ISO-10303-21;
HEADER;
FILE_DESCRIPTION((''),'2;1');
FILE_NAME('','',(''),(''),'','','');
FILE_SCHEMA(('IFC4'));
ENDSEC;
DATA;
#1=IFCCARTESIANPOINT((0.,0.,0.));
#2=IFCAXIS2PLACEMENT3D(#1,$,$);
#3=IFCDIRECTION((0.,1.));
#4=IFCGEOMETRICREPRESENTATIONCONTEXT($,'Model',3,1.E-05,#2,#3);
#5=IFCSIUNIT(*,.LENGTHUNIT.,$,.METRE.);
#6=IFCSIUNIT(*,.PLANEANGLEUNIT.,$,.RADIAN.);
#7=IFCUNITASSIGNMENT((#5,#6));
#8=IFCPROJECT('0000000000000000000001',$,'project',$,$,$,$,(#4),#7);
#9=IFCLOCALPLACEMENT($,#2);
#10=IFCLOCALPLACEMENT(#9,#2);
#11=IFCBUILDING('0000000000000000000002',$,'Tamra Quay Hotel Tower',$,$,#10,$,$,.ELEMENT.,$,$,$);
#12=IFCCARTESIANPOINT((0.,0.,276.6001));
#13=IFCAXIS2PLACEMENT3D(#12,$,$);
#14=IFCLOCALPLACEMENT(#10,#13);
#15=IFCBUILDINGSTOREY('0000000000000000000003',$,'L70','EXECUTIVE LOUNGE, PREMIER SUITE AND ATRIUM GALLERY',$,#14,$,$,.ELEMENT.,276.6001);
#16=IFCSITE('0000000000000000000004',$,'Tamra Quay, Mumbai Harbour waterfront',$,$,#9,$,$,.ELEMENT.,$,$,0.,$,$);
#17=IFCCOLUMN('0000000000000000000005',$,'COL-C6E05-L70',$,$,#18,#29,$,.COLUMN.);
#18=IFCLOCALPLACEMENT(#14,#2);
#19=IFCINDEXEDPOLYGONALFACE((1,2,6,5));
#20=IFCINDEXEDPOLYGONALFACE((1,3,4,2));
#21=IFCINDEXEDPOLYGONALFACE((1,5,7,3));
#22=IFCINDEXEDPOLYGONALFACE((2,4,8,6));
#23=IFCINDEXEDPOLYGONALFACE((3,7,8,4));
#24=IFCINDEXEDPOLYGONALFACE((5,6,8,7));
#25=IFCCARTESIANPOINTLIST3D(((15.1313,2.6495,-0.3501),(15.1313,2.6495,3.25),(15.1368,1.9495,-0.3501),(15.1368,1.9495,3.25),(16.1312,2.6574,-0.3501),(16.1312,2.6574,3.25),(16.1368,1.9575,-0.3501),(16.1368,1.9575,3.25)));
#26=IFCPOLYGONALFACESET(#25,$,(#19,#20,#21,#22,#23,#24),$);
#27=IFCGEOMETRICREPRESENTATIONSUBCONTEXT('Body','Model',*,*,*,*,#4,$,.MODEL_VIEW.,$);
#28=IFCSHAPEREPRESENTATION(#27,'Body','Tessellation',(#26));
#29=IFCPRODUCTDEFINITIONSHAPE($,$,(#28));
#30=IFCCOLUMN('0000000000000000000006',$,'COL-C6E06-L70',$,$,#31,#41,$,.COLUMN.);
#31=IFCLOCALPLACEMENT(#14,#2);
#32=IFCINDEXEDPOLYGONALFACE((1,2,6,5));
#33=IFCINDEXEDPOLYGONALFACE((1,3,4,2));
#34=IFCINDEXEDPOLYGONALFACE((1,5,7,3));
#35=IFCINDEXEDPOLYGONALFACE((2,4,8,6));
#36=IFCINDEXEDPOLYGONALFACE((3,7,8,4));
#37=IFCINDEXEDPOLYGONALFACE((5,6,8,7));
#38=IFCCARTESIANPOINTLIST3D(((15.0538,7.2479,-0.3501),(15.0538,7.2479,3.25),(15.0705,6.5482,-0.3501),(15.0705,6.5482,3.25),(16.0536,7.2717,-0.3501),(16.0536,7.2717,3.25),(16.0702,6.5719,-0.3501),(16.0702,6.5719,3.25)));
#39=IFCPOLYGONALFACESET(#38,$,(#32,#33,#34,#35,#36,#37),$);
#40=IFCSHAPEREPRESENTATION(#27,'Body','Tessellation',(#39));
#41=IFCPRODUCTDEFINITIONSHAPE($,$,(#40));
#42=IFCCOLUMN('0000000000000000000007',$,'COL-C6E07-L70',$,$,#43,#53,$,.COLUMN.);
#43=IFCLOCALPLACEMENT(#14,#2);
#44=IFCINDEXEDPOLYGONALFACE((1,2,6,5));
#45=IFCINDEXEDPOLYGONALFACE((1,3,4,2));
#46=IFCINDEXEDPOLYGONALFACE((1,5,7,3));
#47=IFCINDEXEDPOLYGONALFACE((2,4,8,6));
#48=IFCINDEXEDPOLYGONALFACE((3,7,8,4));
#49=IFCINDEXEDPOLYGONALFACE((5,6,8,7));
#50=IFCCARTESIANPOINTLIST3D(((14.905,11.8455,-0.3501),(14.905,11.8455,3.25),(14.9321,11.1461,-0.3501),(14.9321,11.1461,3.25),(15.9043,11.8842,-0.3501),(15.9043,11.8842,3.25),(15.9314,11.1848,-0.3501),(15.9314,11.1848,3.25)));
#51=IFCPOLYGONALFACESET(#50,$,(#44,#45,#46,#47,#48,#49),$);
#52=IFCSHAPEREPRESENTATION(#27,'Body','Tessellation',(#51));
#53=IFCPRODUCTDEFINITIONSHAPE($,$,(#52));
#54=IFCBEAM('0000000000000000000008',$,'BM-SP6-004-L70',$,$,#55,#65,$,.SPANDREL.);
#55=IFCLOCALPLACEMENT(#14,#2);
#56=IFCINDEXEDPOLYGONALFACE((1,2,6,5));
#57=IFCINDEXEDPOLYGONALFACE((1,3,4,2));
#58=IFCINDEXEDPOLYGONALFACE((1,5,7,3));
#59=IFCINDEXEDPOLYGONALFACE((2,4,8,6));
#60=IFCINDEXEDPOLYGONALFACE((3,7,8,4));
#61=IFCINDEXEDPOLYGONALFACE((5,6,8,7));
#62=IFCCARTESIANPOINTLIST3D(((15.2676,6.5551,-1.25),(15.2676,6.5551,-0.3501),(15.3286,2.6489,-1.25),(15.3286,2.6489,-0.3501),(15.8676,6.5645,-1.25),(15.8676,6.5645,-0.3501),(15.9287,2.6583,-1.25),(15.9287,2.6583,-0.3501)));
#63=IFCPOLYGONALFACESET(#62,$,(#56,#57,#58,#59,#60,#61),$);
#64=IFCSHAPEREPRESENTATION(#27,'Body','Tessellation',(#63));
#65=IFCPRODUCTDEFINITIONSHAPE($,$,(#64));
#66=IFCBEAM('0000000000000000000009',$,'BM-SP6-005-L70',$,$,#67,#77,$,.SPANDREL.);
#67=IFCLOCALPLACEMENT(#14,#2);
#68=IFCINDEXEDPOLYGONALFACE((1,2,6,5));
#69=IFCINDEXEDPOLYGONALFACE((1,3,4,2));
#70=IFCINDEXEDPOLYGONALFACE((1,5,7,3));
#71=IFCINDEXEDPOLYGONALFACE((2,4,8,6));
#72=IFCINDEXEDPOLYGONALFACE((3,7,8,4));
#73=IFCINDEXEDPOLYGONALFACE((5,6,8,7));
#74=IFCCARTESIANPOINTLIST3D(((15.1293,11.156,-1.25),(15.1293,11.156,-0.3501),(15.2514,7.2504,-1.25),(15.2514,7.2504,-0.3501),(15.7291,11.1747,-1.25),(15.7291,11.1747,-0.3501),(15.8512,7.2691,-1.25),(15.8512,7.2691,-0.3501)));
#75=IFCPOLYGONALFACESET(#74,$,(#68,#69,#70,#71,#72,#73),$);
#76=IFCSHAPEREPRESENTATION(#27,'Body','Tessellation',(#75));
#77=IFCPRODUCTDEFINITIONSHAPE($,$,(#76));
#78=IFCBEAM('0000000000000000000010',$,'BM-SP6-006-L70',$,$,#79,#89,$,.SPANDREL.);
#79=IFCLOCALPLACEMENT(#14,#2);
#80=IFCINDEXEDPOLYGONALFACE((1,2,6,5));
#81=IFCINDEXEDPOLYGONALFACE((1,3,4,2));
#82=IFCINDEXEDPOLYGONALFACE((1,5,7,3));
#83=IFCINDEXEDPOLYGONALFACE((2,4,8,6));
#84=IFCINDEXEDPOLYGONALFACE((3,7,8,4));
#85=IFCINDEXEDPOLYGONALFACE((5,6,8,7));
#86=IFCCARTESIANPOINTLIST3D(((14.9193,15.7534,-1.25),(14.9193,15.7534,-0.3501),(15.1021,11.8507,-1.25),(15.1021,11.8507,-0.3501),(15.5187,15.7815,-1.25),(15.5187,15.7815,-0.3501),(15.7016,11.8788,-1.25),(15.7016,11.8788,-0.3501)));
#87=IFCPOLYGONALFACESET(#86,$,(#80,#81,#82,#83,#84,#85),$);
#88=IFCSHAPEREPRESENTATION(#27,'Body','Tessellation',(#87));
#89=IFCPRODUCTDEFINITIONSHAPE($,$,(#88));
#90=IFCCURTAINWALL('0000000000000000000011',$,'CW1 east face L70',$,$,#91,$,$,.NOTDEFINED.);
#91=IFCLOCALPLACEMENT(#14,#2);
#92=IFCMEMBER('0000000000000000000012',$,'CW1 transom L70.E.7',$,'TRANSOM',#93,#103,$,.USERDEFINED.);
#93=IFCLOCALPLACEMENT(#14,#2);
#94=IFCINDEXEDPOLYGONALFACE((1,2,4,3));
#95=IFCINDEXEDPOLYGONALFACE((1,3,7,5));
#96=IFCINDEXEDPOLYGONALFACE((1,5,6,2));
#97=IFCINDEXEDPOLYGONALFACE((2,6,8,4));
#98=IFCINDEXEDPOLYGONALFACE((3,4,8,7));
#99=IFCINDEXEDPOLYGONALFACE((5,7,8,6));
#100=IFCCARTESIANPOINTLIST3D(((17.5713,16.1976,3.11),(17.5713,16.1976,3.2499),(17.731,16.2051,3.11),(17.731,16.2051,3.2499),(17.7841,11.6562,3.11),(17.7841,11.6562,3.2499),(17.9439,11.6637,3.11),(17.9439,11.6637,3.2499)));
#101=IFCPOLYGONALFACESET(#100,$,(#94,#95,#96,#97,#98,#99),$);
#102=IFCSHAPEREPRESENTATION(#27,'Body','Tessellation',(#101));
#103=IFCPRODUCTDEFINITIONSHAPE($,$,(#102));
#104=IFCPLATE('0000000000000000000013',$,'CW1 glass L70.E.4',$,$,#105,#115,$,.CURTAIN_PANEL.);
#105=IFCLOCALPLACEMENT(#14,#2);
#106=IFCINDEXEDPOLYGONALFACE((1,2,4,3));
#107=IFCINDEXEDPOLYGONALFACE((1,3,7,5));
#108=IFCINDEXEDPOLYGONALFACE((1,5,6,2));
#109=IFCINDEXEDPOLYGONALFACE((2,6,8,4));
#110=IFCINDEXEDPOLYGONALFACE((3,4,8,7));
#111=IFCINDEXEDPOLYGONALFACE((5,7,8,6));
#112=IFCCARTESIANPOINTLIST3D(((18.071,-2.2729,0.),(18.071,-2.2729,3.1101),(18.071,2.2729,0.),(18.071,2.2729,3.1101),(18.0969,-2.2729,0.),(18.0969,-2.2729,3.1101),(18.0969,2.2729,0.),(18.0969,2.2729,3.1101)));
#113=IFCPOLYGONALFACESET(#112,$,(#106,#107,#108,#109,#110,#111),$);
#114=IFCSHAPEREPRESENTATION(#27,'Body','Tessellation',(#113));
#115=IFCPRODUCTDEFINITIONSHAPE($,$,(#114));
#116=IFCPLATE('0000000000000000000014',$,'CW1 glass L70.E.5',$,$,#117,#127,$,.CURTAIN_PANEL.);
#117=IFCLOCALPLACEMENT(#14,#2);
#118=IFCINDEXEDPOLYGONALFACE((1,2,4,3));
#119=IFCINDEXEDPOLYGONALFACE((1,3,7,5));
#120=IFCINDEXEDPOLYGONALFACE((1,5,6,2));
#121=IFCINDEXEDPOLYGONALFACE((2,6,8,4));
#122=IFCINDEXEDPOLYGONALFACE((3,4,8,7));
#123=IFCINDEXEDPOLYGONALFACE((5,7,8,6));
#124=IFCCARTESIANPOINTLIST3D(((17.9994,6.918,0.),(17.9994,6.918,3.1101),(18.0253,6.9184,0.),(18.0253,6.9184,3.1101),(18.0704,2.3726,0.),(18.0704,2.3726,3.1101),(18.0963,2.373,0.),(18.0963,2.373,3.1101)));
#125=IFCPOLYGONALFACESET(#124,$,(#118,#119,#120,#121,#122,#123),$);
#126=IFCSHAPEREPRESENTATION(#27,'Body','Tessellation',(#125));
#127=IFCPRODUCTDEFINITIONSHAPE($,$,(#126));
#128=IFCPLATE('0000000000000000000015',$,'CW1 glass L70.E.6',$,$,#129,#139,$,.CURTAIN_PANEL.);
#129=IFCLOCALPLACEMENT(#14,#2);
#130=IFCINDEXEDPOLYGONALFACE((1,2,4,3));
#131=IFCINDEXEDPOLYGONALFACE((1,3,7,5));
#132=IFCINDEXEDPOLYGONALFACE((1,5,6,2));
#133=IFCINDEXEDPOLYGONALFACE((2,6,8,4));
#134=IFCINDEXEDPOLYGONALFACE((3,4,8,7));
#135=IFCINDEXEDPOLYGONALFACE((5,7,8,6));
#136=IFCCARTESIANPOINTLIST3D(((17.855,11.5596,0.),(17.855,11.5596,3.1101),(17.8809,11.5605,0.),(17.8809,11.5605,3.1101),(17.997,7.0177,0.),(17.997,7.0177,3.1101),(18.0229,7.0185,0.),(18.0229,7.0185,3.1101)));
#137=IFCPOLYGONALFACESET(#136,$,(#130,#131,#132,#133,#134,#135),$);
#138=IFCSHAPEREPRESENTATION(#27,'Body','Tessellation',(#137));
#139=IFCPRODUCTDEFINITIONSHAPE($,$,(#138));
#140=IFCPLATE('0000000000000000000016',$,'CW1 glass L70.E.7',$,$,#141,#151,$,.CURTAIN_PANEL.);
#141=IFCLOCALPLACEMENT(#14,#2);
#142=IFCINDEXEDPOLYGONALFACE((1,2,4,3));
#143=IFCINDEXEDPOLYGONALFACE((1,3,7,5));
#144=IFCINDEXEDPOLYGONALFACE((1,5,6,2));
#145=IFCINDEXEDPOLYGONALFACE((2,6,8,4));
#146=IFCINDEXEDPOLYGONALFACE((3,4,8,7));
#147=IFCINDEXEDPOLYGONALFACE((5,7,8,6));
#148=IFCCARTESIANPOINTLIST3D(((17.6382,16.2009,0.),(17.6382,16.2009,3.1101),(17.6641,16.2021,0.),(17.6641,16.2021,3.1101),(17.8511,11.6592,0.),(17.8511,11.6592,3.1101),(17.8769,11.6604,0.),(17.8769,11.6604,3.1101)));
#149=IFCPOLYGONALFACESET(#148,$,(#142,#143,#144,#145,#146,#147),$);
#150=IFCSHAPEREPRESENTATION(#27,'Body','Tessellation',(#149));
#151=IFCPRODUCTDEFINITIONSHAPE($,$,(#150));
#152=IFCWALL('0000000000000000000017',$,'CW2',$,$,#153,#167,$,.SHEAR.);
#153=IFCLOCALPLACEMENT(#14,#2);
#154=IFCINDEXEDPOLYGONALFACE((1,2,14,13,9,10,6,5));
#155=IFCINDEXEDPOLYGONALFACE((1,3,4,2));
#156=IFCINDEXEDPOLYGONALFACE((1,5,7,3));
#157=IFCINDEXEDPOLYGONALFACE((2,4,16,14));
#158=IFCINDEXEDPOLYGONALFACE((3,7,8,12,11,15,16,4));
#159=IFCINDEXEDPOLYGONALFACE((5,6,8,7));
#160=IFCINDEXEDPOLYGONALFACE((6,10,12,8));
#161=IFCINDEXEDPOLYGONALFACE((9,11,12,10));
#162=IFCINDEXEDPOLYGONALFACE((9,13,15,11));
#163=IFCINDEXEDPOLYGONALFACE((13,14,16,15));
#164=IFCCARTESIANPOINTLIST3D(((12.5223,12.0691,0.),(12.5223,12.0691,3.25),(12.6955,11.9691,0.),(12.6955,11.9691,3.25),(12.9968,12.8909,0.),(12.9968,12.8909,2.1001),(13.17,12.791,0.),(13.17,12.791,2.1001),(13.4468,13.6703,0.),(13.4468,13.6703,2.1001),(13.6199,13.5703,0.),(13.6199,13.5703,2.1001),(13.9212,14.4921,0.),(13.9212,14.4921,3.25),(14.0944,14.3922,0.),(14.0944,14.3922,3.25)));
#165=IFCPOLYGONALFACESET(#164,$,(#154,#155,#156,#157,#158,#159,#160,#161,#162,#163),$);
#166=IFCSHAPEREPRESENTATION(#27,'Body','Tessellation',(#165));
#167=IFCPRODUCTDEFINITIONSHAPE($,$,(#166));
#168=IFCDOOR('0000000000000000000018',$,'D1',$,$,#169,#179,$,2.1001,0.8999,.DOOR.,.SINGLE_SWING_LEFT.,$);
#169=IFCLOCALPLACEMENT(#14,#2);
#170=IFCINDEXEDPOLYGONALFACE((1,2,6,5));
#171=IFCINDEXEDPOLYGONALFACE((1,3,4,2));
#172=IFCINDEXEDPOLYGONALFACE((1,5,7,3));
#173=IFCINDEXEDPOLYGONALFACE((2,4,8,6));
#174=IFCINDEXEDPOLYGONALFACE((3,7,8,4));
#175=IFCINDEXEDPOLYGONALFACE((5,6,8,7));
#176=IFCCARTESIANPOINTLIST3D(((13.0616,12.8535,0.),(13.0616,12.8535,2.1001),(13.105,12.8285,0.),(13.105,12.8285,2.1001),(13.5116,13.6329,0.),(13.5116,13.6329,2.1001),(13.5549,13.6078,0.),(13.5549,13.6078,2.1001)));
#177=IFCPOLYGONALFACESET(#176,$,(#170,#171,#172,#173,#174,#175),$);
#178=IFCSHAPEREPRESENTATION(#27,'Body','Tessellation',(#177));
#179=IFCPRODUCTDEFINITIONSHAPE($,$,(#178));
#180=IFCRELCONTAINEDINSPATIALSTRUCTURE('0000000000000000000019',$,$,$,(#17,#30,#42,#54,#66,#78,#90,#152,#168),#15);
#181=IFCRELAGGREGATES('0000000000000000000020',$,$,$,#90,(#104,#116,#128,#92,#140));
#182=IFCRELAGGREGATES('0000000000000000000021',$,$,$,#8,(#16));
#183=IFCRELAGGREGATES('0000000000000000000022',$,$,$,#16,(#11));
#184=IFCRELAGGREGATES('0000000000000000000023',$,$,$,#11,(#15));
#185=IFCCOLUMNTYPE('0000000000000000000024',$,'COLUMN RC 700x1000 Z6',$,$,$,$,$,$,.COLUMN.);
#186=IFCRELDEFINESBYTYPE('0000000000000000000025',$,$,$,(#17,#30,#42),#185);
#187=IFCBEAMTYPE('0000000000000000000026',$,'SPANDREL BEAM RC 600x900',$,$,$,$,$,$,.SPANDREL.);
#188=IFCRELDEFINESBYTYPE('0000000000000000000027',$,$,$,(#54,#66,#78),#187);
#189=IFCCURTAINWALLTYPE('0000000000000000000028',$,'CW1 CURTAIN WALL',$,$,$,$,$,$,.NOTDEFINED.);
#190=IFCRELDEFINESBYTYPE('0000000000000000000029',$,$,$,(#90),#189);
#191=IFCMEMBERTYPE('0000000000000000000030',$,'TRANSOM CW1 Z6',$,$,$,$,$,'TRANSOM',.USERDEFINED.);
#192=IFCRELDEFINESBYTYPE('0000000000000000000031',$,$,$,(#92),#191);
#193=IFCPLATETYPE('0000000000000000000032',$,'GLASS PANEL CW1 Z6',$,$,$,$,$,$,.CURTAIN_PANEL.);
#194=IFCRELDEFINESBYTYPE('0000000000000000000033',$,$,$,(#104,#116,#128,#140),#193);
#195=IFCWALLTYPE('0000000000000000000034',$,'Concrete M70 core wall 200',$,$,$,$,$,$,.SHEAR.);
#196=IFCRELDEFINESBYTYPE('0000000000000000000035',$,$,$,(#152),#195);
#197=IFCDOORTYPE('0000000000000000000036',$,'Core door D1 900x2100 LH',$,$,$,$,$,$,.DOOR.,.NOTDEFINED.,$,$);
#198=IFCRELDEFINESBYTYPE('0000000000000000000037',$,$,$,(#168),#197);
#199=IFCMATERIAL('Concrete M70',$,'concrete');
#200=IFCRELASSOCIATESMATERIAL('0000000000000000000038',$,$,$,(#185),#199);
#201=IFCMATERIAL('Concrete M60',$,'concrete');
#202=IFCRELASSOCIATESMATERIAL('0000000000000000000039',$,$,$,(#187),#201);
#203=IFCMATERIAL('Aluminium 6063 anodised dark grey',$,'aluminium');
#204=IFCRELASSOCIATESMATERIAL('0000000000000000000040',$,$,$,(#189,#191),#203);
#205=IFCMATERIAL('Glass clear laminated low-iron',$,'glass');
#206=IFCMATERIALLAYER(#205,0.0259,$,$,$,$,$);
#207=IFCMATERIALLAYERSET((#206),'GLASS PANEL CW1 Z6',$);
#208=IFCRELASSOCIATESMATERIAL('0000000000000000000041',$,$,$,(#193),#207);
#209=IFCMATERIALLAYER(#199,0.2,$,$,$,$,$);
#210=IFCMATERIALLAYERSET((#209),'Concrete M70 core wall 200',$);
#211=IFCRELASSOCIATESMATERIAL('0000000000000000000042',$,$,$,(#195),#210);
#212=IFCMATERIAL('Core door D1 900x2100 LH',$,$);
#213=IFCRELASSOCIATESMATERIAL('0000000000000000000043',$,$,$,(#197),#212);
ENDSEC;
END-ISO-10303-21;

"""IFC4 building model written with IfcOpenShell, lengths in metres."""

from ifc_helpers import new_model, si_unit, direction, frame, frame_2d, origin, origin_2d, place, context, subcontext, project, spatial, rectangle, extrude, material, layer, layer_set, material_profile, profile_set, type_object, element, fill, aggregate, save


model = new_model("IFC4")

# Units and contexts
model_context = context("Model", 3, precision=1e-05, world=origin(), true_north=direction((0.0, 1.0)))
body_context = subcontext(model_context, "Body", "Model", "MODEL_VIEW")
ifc_project = project(units=[si_unit("LENGTHUNIT", "METRE"), si_unit("PLANEANGLEUNIT", "RADIAN")], contexts=[model_context])

# Site, building, storey
site_placement = place(None, origin())
site = spatial("IfcSite", under=ifc_project, at=site_placement, Name="Tamra Quay, Mumbai Harbour waterfront", CompositionType="ELEMENT", RefElevation=0.0)
building_placement = place(site_placement, origin())
building = spatial("IfcBuilding", under=site, at=building_placement, Name="Tamra Quay Hotel Tower", CompositionType="ELEMENT")
storey_placement = place(building_placement, frame((0.0, 0.0, 276.6001)))
storey = spatial("IfcBuildingStorey", under=building, at=storey_placement, Name="L70", Description="EXECUTIVE LOUNGE, PREMIER SUITE AND ATRIUM GALLERY", CompositionType="ELEMENT", Elevation=276.6001)

# Columns
ifc_material_1 = material(Name="Concrete M70", Category="concrete")
ifc_material_profile_1 = material_profile(ifc_material_1, rectangle(XDim=1.0, YDim=0.7, at=origin_2d()), Name="COLUMN RC 700x1000 Z6")
ifc_profile_set_1 = profile_set([ifc_material_profile_1], Name="Concrete M70")
column_type = type_object("IfcColumnType", Name="COLUMN RC 700x1000 Z6", PredefinedType="COLUMN", material=ifc_profile_set_1)
for number, where, z_axis, x_axis, name in (
    (1, (15.634, 2.3035, -0.3501), (0.0, 0.0, 1.0), (0.999969, 0.00792, 0.0), "COL-C6E05-L70"),
    (2, (15.562, 6.9099, -0.3501), (0.0, 0.0, 1.0), (0.999718, 0.023753, 0.0), "COL-C6E06-L70"),
    (3, (15.4182, 11.5151, -0.3501), (0.0, 0.0, 1.0), (0.999251, 0.038691, 0.0), "COL-C6E07-L70"),
):
    element("IfcColumn", number, at=place(storey_placement, frame(where, z_axis=z_axis, x_axis=x_axis)), inside=storey, type_object=column_type, Name=name, PredefinedType="COLUMN", context=body_context, shape_type="SweptSolid", body=[
        extrude(rectangle(XDim=1.0, YDim=0.7, at=origin_2d()), origin(), (0.0, 0.0, 1.0), 3.6001),
    ])

# Beams
ifc_material_2 = material(Name="Concrete M60", Category="concrete")
ifc_material_profile_2 = material_profile(ifc_material_2, rectangle(XDim=0.6001, YDim=0.8999, at=origin_2d()), Name="SPANDREL BEAM RC 600x900")
ifc_profile_set_2 = profile_set([ifc_material_profile_2], Name="Concrete M60")
beam_type = type_object("IfcBeamType", Name="SPANDREL BEAM RC 600x900", PredefinedType="SPANDREL", material=ifc_profile_set_2)
beam_1_placement = place(storey_placement, frame((15.6287, 2.6536, -0.8), z_axis=(-0.015623, 0.999878, 0.0), x_axis=(-0.999878, -0.015623, 0.0)))
element("IfcBeam", 4, at=beam_1_placement, inside=storey, type_object=beam_type, Name="BM-SP6-004-L70", PredefinedType="SPANDREL", context=body_context, shape_type="SweptSolid", body=[
    extrude(rectangle(XDim=0.6001, YDim=0.8999, at=origin_2d()), origin(), (0.0, 0.0, 1.0), 3.9067),
])
beam_2_placement = place(storey_placement, frame((15.5513, 7.2598, -0.8), z_axis=(-0.031241, 0.999512, 0.0), x_axis=(-0.999512, -0.031241, 0.0)))
element("IfcBeam", 5, at=beam_2_placement, inside=storey, type_object=beam_type, Name="BM-SP6-005-L70", PredefinedType="SPANDREL", context=body_context, shape_type="SweptSolid", body=[
    extrude(rectangle(XDim=0.6001, YDim=0.8999, at=origin_2d()), origin(), (0.0, 0.0, 1.0), 3.9075),
])
beam_3_placement = place(storey_placement, frame((15.4019, 11.8647, -0.8), z_axis=(-0.046805, 0.998904, 0.0), x_axis=(-0.998904, -0.046805, 0.0)))
element("IfcBeam", 6, at=beam_3_placement, inside=storey, type_object=beam_type, Name="BM-SP6-006-L70", PredefinedType="SPANDREL", context=body_context, shape_type="SweptSolid", body=[
    extrude(rectangle(XDim=0.6001, YDim=0.8999, at=origin_2d()), origin(), (0.0, 0.0, 1.0), 3.907),
])

# Curtain wall, member, plates
ifc_material_3 = material(Name="Aluminium 6063 anodised dark grey", Category="aluminium")
curtain_wall_type = type_object("IfcCurtainWallType", Name="CW1 CURTAIN WALL", PredefinedType="NOTDEFINED", material=ifc_material_3)
curtain_wall_placement = place(storey_placement, origin())
curtain_wall = element("IfcCurtainWall", 7, at=curtain_wall_placement, inside=storey, type_object=curtain_wall_type, Name="CW1 east face L70", PredefinedType="NOTDEFINED")
ifc_material_profile_3 = material_profile(ifc_material_3, rectangle(XDim=0.1599, YDim=0.1399, at=origin_2d()), Name="TRANSOM 160X140")
ifc_profile_set_3 = profile_set([ifc_material_profile_3], Name="Aluminium 6063 anodised dark grey")
member_type = type_object("IfcMemberType", Name="TRANSOM CW1 Z6", ElementType="TRANSOM", PredefinedType="USERDEFINED", material=ifc_profile_set_3)
member_placement = place(storey_placement, frame((17.864, 11.6599, 3.1799), z_axis=(-0.046825, 0.998903, 0.0), x_axis=(-0.998903, -0.046825, 0.0)))
member = element("IfcMember", 8, at=member_placement, type_object=member_type, Name="CW1 transom L70.E.7", ObjectType="TRANSOM", PredefinedType="USERDEFINED", context=body_context, shape_type="SweptSolid", body=[
    extrude(rectangle(XDim=0.1599, YDim=0.1399, at=origin_2d()), origin(), (0.0, 0.0, 1.0), 4.5464),
])
ifc_material_4 = material(Name="Glass clear laminated low-iron", Category="glass")
ifc_layer_1 = layer(ifc_material_4, 0.0259)
ifc_layer_set_1 = layer_set([ifc_layer_1], Name="GLASS PANEL CW1 Z6")
plate_type = type_object("IfcPlateType", Name="GLASS PANEL CW1 Z6", PredefinedType="CURTAIN_PANEL", material=ifc_layer_set_1)
plate_1_placement = place(storey_placement, frame((18.084, 0.0, 0.0), z_axis=(0.0, 0.0, 1.0), x_axis=(0.0, 1.0, 0.0)))
plate_1 = element("IfcPlate", 9, at=plate_1_placement, type_object=plate_type, Name="CW1 glass L70.E.4", PredefinedType="CURTAIN_PANEL", context=body_context, shape_type="SweptSolid", body=[
    extrude(rectangle(XDim=4.5459, YDim=0.0259, at=origin_2d()), origin(), (0.0, 0.0, 1.0), 3.1101),
])
plate_2_placement = place(storey_placement, frame((18.0479, 4.6455, 0.0), z_axis=(0.0, 0.0, 1.0), x_axis=(-0.015633, 0.999878, 0.0)))
plate_2 = element("IfcPlate", 10, at=plate_2_placement, type_object=plate_type, Name="CW1 glass L70.E.5", PredefinedType="CURTAIN_PANEL", context=body_context, shape_type="SweptSolid", body=[
    extrude(rectangle(XDim=4.5459, YDim=0.0259, at=origin_2d()), origin(), (0.0, 0.0, 1.0), 3.1101),
])
plate_3_placement = place(storey_placement, frame((17.939, 9.2891, 0.0), z_axis=(0.0, 0.0, 1.0), x_axis=(-0.031242, 0.999512, 0.0)))
plate_3 = element("IfcPlate", 11, at=plate_3_placement, type_object=plate_type, Name="CW1 glass L70.E.6", PredefinedType="CURTAIN_PANEL", context=body_context, shape_type="SweptSolid", body=[
    extrude(rectangle(XDim=4.5442, YDim=0.0259, at=origin_2d()), origin(), (0.0, 0.0, 1.0), 3.1101),
])
plate_4_placement = place(storey_placement, frame((17.7576, 13.9307, 0.0), z_axis=(0.0, 0.0, 1.0), x_axis=(-0.046821, 0.998903, 0.0)))
plate_4 = element("IfcPlate", 12, at=plate_4_placement, type_object=plate_type, Name="CW1 glass L70.E.7", PredefinedType="CURTAIN_PANEL", context=body_context, shape_type="SweptSolid", body=[
    extrude(rectangle(XDim=4.5466, YDim=0.0259, at=origin_2d()), origin(), (0.0, 0.0, 1.0), 3.1101),
])
aggregate(curtain_wall, [plate_1, plate_2, plate_3, member, plate_4])

# Wall, opening, door
ifc_layer_2 = layer(ifc_material_1, 0.2)
ifc_layer_set_2 = layer_set([ifc_layer_2], Name="Concrete M70 core wall 200")
wall_type_1 = type_object("IfcWallType", Name="Concrete M70 core wall 200", PredefinedType="SHEAR", material=ifc_layer_set_2)
wall_1_placement = place(storey_placement, frame((14.0078, 14.4421, 0.0), z_axis=(0.0, 0.0, 1.0), x_axis=(-0.499987, -0.866033, 0.0)))
wall_1 = element("IfcWall", 13, at=wall_1_placement, inside=storey, type_object=wall_type_1, Name="CW2", PredefinedType="SHEAR", context=body_context, shape_type="SweptSolid", body=[
    extrude(rectangle(XDim=2.7979, YDim=0.2, at=frame_2d((1.3989, 0.0))), origin(), (0.0, 0.0, 1.0), 3.25),
])
opening_placement = place(wall_1_placement, frame((0.949, 0.0, 0.0)))
opening = element("IfcOpeningElement", 14, at=opening_placement, cuts=wall_1, PredefinedType="OPENING", context=body_context, shape_type="SweptSolid", body=[
    extrude(rectangle(XDim=0.8999, YDim=2.1001, at=frame_2d((0.45, 1.05))), frame((0.0, 0.1099, 0.0), z_axis=(0.0, -1.0, 0.0), x_axis=(1.0, 0.0, 0.0)), (0.0, 0.0, 1.0), 0.22),
])
ifc_material_5 = material(Name="Core door D1 900x2100 LH")
door_type = type_object("IfcDoorType", Name="Core door D1 900x2100 LH", OperationType="NOTDEFINED", PredefinedType="DOOR", material=ifc_material_5)
door_placement = place(opening_placement, origin())
door = element("IfcDoor", 15, at=door_placement, inside=storey, type_object=door_type, Name="D1", OperationType="SINGLE_SWING_LEFT", OverallHeight=2.1001, OverallWidth=0.8999, PredefinedType="DOOR", context=body_context, shape_type="SweptSolid", body=[
    extrude(rectangle(XDim=0.8999, YDim=2.1001, at=frame_2d((0.45, 1.05))), frame((0.0, 0.0249, 0.0), z_axis=(0.0, -1.0, 0.0), x_axis=(1.0, 0.0, 0.0)), (0.0, 0.0, 1.0), 0.05),
])
fill(opening, door)

save(model, "model.ifc")
